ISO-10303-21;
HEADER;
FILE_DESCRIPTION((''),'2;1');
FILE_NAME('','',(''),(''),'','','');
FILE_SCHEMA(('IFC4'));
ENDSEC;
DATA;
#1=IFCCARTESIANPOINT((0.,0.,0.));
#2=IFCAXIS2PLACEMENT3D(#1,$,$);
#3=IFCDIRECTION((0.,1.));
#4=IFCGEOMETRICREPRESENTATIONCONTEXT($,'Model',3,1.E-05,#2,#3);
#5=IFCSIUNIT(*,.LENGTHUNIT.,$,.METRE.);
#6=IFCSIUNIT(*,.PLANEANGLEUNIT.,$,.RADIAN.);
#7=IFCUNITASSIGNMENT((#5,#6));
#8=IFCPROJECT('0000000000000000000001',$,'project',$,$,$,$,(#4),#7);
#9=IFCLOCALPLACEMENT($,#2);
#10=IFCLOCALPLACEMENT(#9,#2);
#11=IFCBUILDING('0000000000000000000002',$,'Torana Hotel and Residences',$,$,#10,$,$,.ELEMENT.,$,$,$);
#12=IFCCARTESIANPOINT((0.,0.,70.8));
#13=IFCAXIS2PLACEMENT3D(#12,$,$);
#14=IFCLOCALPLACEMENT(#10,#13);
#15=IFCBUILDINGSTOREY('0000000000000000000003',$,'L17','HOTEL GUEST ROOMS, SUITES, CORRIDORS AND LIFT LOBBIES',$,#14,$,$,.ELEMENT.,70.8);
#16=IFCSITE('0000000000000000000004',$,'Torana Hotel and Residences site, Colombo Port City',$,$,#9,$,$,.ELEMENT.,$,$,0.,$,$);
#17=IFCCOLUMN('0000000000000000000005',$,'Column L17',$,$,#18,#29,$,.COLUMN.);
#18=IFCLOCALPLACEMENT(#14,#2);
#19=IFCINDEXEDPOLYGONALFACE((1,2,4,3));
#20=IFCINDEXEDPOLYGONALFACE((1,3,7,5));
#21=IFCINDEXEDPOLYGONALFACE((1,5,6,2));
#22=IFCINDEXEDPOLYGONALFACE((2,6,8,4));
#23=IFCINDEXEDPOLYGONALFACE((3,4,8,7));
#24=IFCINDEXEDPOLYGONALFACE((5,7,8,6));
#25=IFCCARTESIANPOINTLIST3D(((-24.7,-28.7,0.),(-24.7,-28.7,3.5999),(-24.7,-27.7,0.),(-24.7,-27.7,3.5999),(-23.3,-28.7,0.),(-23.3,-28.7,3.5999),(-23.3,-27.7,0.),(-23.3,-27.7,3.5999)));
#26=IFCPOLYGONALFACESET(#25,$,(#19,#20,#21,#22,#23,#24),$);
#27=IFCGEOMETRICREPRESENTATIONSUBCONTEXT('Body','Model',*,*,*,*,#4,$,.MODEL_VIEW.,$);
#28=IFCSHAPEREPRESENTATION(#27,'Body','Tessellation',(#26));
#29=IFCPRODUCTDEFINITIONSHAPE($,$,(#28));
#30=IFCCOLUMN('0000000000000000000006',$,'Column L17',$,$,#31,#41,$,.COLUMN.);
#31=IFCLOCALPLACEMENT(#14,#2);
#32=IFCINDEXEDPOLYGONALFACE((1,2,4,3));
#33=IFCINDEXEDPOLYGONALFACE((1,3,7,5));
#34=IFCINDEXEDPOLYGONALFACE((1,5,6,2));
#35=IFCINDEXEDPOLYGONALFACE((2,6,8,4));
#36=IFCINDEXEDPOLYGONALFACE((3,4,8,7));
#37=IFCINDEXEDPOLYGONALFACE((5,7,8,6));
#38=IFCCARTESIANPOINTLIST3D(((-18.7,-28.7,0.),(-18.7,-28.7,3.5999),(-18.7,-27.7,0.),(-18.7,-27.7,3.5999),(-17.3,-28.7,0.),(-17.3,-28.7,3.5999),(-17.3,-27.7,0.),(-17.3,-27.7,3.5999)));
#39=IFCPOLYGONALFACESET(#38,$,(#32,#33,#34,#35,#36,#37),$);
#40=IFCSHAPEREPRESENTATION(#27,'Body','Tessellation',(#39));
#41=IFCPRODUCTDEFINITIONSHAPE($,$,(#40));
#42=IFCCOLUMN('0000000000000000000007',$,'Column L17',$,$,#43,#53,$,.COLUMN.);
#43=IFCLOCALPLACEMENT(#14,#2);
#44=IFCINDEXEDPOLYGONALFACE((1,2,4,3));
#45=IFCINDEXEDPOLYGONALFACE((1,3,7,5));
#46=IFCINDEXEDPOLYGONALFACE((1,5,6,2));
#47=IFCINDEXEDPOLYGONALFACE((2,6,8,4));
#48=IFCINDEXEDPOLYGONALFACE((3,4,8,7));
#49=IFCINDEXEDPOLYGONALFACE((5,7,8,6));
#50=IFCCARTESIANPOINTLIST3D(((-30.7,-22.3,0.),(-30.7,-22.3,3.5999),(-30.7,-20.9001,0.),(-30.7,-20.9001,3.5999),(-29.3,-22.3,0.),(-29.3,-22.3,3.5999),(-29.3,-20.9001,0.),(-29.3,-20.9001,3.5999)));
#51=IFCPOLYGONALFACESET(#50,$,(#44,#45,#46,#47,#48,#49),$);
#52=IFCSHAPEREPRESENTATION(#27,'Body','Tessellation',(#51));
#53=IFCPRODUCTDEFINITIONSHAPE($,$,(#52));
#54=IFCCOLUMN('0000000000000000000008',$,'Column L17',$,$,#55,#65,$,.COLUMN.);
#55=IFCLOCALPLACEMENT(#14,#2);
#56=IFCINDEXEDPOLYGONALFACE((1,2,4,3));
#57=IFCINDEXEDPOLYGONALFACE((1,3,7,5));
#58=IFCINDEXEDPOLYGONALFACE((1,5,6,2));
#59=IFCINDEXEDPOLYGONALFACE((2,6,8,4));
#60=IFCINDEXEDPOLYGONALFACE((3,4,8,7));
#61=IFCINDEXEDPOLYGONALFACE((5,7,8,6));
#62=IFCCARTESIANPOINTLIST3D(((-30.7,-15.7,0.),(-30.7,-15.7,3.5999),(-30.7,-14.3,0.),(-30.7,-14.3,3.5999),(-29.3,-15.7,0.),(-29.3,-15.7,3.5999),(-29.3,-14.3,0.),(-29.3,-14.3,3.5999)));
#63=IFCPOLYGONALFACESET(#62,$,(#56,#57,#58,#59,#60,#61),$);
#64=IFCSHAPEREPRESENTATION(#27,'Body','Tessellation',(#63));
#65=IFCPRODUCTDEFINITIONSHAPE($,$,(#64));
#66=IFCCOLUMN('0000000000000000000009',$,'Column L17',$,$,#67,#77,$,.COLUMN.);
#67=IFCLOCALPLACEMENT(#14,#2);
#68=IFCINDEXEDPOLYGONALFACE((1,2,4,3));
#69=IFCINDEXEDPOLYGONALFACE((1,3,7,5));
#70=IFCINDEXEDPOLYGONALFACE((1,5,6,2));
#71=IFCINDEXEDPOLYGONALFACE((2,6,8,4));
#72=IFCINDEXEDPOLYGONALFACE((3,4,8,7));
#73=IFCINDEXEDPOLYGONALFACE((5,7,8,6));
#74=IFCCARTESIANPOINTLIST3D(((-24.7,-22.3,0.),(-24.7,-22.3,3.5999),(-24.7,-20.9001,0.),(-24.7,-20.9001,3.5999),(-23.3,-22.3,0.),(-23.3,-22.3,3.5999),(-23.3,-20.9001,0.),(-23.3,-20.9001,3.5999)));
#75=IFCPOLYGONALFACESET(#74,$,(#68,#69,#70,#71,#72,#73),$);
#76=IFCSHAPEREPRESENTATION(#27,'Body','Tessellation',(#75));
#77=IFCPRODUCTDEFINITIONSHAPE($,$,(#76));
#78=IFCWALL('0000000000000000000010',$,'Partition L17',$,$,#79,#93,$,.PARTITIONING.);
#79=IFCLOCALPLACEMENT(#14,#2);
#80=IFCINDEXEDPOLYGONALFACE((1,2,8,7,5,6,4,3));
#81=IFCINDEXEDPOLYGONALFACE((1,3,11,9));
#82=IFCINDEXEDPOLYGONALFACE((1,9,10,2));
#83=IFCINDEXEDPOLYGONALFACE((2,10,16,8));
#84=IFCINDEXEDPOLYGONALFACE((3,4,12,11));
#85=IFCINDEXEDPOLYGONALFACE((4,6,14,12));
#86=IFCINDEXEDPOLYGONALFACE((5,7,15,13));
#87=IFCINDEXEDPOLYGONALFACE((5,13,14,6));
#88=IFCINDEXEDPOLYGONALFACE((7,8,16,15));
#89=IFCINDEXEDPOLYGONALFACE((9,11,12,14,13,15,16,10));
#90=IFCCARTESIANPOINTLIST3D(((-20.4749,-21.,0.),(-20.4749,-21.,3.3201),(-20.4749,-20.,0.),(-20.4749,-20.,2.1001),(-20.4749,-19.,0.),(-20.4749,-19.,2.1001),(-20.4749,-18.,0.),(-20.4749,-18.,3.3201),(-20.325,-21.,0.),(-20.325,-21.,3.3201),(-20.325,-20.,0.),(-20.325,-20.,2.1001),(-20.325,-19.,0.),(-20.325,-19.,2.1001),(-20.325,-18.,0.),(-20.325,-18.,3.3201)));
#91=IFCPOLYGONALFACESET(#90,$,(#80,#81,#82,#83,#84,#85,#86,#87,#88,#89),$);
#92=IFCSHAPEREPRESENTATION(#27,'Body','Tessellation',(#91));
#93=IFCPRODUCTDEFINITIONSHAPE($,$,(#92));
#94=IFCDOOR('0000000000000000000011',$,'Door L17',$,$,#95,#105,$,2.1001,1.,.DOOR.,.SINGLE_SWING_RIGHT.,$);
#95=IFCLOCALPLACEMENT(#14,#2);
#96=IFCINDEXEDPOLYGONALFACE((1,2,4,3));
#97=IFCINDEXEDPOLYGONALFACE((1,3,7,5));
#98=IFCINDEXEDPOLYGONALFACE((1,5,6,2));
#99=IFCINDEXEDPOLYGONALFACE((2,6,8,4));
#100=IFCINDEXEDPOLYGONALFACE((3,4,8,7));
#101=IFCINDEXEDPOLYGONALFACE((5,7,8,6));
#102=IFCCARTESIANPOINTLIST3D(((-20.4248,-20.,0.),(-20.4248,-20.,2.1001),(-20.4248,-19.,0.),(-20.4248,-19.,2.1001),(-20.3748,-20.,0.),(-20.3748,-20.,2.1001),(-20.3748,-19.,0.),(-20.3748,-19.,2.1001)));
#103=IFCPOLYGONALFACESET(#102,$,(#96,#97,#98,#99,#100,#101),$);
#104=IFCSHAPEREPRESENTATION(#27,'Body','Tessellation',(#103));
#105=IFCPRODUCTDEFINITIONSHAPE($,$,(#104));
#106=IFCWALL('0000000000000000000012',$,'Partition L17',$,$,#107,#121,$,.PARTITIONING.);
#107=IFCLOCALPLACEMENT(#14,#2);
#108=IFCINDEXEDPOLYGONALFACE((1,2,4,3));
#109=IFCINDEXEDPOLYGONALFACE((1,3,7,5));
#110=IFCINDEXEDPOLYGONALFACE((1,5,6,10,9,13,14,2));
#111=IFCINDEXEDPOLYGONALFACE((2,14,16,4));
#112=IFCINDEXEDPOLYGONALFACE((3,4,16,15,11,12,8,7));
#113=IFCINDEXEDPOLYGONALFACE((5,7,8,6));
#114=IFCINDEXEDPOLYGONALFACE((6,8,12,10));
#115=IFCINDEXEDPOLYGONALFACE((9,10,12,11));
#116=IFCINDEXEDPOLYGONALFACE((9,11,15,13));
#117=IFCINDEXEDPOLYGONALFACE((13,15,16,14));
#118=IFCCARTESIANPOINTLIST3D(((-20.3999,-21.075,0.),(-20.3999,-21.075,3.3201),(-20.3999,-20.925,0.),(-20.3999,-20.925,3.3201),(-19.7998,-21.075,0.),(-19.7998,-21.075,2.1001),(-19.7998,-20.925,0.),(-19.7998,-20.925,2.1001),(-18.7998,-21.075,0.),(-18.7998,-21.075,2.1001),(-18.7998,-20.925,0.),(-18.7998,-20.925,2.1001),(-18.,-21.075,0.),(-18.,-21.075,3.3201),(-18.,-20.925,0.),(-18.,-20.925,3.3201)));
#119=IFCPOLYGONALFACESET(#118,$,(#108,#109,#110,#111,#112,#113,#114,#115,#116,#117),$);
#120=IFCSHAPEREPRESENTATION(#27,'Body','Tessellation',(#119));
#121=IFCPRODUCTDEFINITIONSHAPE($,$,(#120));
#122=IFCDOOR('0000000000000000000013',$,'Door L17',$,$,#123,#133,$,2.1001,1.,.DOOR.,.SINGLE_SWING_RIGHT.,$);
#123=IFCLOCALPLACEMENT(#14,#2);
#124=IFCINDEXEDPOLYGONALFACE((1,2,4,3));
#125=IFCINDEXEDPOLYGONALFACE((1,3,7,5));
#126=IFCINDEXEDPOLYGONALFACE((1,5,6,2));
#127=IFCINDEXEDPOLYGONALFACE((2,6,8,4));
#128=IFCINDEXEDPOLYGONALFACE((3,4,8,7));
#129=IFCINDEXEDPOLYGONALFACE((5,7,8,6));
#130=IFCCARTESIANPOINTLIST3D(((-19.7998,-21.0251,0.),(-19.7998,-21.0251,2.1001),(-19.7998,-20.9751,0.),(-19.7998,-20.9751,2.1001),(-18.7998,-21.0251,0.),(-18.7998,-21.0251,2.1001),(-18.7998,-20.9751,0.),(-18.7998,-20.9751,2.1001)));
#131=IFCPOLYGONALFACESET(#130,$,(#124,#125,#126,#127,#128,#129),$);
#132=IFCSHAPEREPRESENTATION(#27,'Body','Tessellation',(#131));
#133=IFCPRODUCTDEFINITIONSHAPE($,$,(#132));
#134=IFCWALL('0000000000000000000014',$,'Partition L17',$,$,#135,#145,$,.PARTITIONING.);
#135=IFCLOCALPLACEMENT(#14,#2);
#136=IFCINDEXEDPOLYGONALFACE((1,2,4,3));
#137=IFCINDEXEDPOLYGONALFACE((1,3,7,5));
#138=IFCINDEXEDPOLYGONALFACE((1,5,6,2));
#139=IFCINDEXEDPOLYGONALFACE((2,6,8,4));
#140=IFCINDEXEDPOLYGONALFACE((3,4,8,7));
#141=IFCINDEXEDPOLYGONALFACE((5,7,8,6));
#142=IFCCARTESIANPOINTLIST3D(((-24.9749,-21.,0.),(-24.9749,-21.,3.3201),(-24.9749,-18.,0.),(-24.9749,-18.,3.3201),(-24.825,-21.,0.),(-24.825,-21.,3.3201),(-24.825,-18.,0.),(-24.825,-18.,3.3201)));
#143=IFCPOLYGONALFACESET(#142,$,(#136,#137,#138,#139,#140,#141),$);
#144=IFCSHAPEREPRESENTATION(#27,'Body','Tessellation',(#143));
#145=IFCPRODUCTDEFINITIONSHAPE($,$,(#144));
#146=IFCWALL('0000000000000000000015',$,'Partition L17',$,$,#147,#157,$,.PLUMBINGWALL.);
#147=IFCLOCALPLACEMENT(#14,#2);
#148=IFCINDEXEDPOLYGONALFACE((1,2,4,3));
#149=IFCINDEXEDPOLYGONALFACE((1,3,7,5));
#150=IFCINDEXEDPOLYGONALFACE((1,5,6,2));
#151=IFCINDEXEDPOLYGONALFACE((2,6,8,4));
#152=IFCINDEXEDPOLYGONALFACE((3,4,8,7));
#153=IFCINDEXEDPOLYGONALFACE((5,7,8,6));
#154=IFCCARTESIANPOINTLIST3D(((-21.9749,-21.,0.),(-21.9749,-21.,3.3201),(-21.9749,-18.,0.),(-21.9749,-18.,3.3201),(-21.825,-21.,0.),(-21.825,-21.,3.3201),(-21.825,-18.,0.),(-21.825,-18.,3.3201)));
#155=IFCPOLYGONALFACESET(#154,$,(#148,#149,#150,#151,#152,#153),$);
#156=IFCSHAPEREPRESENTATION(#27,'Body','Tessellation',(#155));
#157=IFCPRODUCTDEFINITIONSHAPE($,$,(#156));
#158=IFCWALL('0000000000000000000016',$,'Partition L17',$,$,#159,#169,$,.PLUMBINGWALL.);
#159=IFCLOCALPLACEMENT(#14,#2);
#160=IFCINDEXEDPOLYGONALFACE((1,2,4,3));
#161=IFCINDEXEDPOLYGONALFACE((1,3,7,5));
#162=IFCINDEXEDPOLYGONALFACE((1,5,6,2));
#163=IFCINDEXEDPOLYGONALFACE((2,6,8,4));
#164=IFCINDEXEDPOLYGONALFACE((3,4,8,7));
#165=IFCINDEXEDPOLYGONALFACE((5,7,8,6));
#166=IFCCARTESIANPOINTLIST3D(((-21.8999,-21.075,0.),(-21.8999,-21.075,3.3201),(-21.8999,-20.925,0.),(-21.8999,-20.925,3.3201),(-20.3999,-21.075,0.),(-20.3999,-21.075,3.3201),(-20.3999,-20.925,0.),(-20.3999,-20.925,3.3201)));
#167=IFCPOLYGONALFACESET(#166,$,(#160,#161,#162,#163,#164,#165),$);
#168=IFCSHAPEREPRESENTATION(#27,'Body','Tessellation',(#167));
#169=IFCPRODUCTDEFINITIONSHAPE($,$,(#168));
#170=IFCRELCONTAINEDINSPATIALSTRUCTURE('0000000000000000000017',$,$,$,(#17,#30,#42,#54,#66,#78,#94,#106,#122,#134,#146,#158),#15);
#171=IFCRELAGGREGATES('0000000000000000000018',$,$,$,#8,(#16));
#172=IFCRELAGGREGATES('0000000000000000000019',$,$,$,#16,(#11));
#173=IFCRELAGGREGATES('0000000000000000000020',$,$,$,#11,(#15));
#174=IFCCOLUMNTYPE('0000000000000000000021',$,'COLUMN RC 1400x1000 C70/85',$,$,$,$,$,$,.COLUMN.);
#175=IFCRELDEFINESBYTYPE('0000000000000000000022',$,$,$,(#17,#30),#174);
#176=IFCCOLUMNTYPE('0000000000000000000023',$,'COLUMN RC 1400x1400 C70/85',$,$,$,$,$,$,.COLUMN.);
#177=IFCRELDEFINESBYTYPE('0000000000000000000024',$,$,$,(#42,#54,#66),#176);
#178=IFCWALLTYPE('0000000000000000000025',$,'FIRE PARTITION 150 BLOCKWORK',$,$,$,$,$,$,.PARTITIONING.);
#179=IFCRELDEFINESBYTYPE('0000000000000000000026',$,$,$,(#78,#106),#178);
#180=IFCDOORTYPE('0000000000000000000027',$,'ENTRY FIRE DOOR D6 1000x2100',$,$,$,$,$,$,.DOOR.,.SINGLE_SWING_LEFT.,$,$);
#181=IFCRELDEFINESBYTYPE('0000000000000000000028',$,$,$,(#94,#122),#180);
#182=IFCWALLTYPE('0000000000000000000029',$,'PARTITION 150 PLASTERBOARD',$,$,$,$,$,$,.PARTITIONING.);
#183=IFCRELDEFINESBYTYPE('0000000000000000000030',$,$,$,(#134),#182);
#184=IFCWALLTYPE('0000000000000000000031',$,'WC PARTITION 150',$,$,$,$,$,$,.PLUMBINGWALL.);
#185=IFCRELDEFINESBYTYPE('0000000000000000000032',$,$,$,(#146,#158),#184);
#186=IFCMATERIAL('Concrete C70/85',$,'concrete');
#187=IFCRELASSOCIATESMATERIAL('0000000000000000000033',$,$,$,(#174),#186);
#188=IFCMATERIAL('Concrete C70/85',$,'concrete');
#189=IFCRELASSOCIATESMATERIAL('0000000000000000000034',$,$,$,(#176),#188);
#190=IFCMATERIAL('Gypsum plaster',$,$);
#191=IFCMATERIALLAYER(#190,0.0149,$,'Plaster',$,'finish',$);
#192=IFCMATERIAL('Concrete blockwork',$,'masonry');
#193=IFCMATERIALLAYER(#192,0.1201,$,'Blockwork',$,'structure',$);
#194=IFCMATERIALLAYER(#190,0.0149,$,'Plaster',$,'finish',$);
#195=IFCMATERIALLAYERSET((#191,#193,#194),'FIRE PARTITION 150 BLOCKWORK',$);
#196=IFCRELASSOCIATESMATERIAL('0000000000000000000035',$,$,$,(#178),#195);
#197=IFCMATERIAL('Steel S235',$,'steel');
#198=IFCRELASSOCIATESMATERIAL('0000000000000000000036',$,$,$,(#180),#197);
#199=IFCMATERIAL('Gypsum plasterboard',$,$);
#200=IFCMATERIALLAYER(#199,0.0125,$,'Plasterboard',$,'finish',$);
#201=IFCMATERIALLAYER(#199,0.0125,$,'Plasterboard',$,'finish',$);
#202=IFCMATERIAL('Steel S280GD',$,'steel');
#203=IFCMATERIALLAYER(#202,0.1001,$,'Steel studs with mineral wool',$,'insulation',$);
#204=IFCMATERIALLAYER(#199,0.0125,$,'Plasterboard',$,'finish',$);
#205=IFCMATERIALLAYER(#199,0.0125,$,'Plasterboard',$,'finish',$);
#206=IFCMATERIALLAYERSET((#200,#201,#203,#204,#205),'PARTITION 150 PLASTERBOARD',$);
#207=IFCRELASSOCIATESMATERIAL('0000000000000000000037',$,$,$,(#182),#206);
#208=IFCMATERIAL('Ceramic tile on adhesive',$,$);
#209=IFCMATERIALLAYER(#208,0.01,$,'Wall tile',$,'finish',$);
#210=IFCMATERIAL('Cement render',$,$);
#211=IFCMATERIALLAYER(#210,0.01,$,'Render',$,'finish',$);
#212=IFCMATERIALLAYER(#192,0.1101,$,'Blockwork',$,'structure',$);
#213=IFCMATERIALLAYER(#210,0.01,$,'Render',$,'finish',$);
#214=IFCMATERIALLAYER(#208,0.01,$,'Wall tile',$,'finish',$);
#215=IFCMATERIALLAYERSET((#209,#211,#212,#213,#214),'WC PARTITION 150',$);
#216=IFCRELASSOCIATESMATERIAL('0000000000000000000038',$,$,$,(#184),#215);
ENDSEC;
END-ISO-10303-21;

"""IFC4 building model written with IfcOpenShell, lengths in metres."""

from ifc_helpers import new_model, si_unit, direction, frame, frame_2d, origin, origin_2d, place, context, subcontext, project, spatial, rectangle, extrude, material, layer, layer_set, material_profile, profile_set, type_object, element, fill, save


model = new_model("IFC4")

# Units and contexts
model_context = context("Model", 3, precision=1e-05, world=origin(), true_north=direction((0.0, 1.0)))
body_context = subcontext(model_context, "Body", "Model", "MODEL_VIEW")
ifc_project = project(units=[si_unit("LENGTHUNIT", "METRE"), si_unit("PLANEANGLEUNIT", "RADIAN")], contexts=[model_context])

# Site, building, storey
site_placement = place(None, origin())
site = spatial("IfcSite", under=ifc_project, at=site_placement, Name="Torana Hotel and Residences site, Colombo Port City", CompositionType="ELEMENT", RefElevation=0.0)
building_placement = place(site_placement, origin())
building = spatial("IfcBuilding", under=site, at=building_placement, Name="Torana Hotel and Residences", CompositionType="ELEMENT")
storey_placement = place(building_placement, frame((0.0, 0.0, 70.8)))
storey = spatial("IfcBuildingStorey", under=building, at=storey_placement, Name="L17", Description="HOTEL GUEST ROOMS, SUITES, CORRIDORS AND LIFT LOBBIES", CompositionType="ELEMENT", Elevation=70.8)

# Columns
ifc_material_1 = material(Name="Concrete C70/85", Category="concrete")
ifc_material_profile_1 = material_profile(ifc_material_1, rectangle(XDim=1.3999, YDim=1.0, at=origin_2d()), Name="RC 1400x1000")
ifc_profile_set_1 = profile_set([ifc_material_profile_1], Name="Concrete C70/85")
column_type_1 = type_object("IfcColumnType", Name="COLUMN RC 1400x1000 C70/85", PredefinedType="COLUMN", material=ifc_profile_set_1)
for number, where, z_axis, x_axis, name in (
    (1, (-24.0, -28.2, 0.0), (0.0, 0.0, 1.0), (1.0, 0.0, 0.0), "Column L17"),
    (2, (-18.0, -28.2, 0.0), (0.0, 0.0, 1.0), (1.0, 0.0, 0.0), "Column L17"),
):
    element("IfcColumn", number, at=place(storey_placement, frame(where, z_axis=z_axis, x_axis=x_axis)), inside=storey, type_object=column_type_1, Name=name, PredefinedType="COLUMN", context=body_context, shape_type="SweptSolid", body=[
        extrude(rectangle(XDim=1.3999, YDim=1.0, at=origin_2d()), origin(), (0.0, 0.0, 1.0), 3.5999),
    ])
ifc_material_2 = material(Name="Concrete C70/85", Category="concrete")
ifc_material_profile_2 = material_profile(ifc_material_2, rectangle(XDim=1.3999, YDim=1.3999, at=origin_2d()), Name="RC 1400x1400")
ifc_profile_set_2 = profile_set([ifc_material_profile_2], Name="Concrete C70/85")
column_type_2 = type_object("IfcColumnType", Name="COLUMN RC 1400x1400 C70/85", PredefinedType="COLUMN", material=ifc_profile_set_2)
for number, where, z_axis, x_axis, name in (
    (3, (-30.0, -21.6001, 0.0), (0.0, 0.0, 1.0), (1.0, 0.0, 0.0), "Column L17"),
    (4, (-30.0, -15.0, 0.0), (0.0, 0.0, 1.0), (1.0, 0.0, 0.0), "Column L17"),
    (5, (-24.0, -21.6001, 0.0), (0.0, 0.0, 1.0), (1.0, 0.0, 0.0), "Column L17"),
):
    element("IfcColumn", number, at=place(storey_placement, frame(where, z_axis=z_axis, x_axis=x_axis)), inside=storey, type_object=column_type_2, Name=name, PredefinedType="COLUMN", context=body_context, shape_type="SweptSolid", body=[
        extrude(rectangle(XDim=1.3999, YDim=1.3999, at=origin_2d()), origin(), (0.0, 0.0, 1.0), 3.5999),
    ])

# Walls, openings, doors
ifc_material_3 = material(Name="Gypsum plaster")
ifc_layer_1 = layer(ifc_material_3, 0.0149, Name="Plaster", Category="finish")
ifc_material_4 = material(Name="Concrete blockwork", Category="masonry")
ifc_layer_2 = layer(ifc_material_4, 0.1201, Name="Blockwork", Category="structure")
ifc_layer_3 = layer(ifc_material_3, 0.0149, Name="Plaster", Category="finish")
ifc_layer_set_1 = layer_set([ifc_layer_1, ifc_layer_2, ifc_layer_3], Name="FIRE PARTITION 150 BLOCKWORK")
wall_type_1 = type_object("IfcWallType", Name="FIRE PARTITION 150 BLOCKWORK", PredefinedType="PARTITIONING", material=ifc_layer_set_1)
wall_1_placement = place(storey_placement, frame((-20.3999, -21.0, 0.0), z_axis=(0.0, 0.0, 1.0), x_axis=(0.0, 1.0, 0.0)))
wall_1 = element("IfcWall", 6, at=wall_1_placement, inside=storey, type_object=wall_type_1, Name="Partition L17", PredefinedType="PARTITIONING", context=body_context, shape_type="SweptSolid", body=[
    extrude(rectangle(XDim=3.0, YDim=0.1499, at=frame_2d((1.5, 0.0))), origin(), (0.0, 0.0, 1.0), 3.3201),
])
opening_1_placement = place(wall_1_placement, frame((1.0, 0.0, 0.0)))
opening_1 = element("IfcOpeningElement", 7, at=opening_1_placement, cuts=wall_1, PredefinedType="OPENING", context=body_context, shape_type="SweptSolid", body=[
    extrude(rectangle(XDim=1.0, YDim=2.1001, at=frame_2d((0.5, 1.05))), frame((0.0, 0.085, 0.0), z_axis=(0.0, -1.0, 0.0), x_axis=(1.0, 0.0, 0.0)), (0.0, 0.0, 1.0), 0.1699),
])
ifc_material_5 = material(Name="Steel S235", Category="steel")
door_type = type_object("IfcDoorType", Name="ENTRY FIRE DOOR D6 1000x2100", OperationType="SINGLE_SWING_LEFT", PredefinedType="DOOR", material=ifc_material_5)
door_1_placement = place(opening_1_placement, origin())
door_1 = element("IfcDoor", 8, at=door_1_placement, inside=storey, type_object=door_type, Name="Door L17", OperationType="SINGLE_SWING_RIGHT", OverallHeight=2.1001, OverallWidth=1.0, PredefinedType="DOOR", context=body_context, shape_type="SweptSolid", body=[
    extrude(rectangle(XDim=1.0, YDim=2.1001, at=frame_2d((0.5, 1.05))), frame((0.0, 0.0249, 0.0), z_axis=(0.0, -1.0, 0.0), x_axis=(1.0, 0.0, 0.0)), (0.0, 0.0, 1.0), 0.05),
])
fill(opening_1, door_1)
wall_2_placement = place(storey_placement, frame((-20.3999, -21.0, 0.0), z_axis=(0.0, 0.0, 1.0), x_axis=(1.0, 0.0, 0.0)))
wall_2 = element("IfcWall", 9, at=wall_2_placement, inside=storey, type_object=wall_type_1, Name="Partition L17", PredefinedType="PARTITIONING", context=body_context, shape_type="SweptSolid", body=[
    extrude(rectangle(XDim=2.3999, YDim=0.1499, at=frame_2d((1.2, 0.0))), origin(), (0.0, 0.0, 1.0), 3.3201),
])
opening_2_placement = place(wall_2_placement, frame((0.6001, 0.0, 0.0)))
opening_2 = element("IfcOpeningElement", 10, at=opening_2_placement, cuts=wall_2, PredefinedType="OPENING", context=body_context, shape_type="SweptSolid", body=[
    extrude(rectangle(XDim=1.0, YDim=2.1001, at=frame_2d((0.5, 1.05))), frame((0.0, 0.085, 0.0), z_axis=(0.0, -1.0, 0.0), x_axis=(1.0, 0.0, 0.0)), (0.0, 0.0, 1.0), 0.1699),
])
door_2_placement = place(opening_2_placement, frame((0.5, 0.0, 0.0), z_axis=(0.0, 0.0, 1.0), x_axis=(-1.0, 0.0, 0.0)))
door_2 = element("IfcDoor", 11, at=door_2_placement, inside=storey, type_object=door_type, Name="Door L17", OperationType="SINGLE_SWING_RIGHT", OverallHeight=2.1001, OverallWidth=1.0, PredefinedType="DOOR", context=body_context, shape_type="SweptSolid", body=[
    extrude(rectangle(XDim=1.0, YDim=2.1001, at=frame_2d((0.0, 1.05))), frame((0.0, -0.0249, 0.0), z_axis=(0.0, 1.0, 0.0), x_axis=(-1.0, 0.0, 0.0)), (0.0, 0.0, 1.0), 0.05),
])
fill(opening_2, door_2)

# Walls
ifc_material_6 = material(Name="Gypsum plasterboard")
ifc_layer_4 = layer(ifc_material_6, 0.0125, Name="Plasterboard", Category="finish")
ifc_layer_5 = layer(ifc_material_6, 0.0125, Name="Plasterboard", Category="finish")
ifc_material_7 = material(Name="Steel S280GD", Category="steel")
ifc_layer_6 = layer(ifc_material_7, 0.1001, Name="Steel studs with mineral wool", Category="insulation")
ifc_layer_7 = layer(ifc_material_6, 0.0125, Name="Plasterboard", Category="finish")
ifc_layer_8 = layer(ifc_material_6, 0.0125, Name="Plasterboard", Category="finish")
ifc_layer_set_2 = layer_set([ifc_layer_4, ifc_layer_5, ifc_layer_6, ifc_layer_7, ifc_layer_8], Name="PARTITION 150 PLASTERBOARD")
wall_type_2 = type_object("IfcWallType", Name="PARTITION 150 PLASTERBOARD", PredefinedType="PARTITIONING", material=ifc_layer_set_2)
wall_3_placement = place(storey_placement, frame((-24.8999, -21.0, 0.0), z_axis=(0.0, 0.0, 1.0), x_axis=(0.0, 1.0, 0.0)))
element("IfcWall", 12, at=wall_3_placement, inside=storey, type_object=wall_type_2, Name="Partition L17", PredefinedType="PARTITIONING", context=body_context, shape_type="SweptSolid", body=[
    extrude(rectangle(XDim=3.0, YDim=0.1499, at=frame_2d((1.5, 0.0))), origin(), (0.0, 0.0, 1.0), 3.3201),
])
ifc_material_8 = material(Name="Ceramic tile on adhesive")
ifc_layer_9 = layer(ifc_material_8, 0.01, Name="Wall tile", Category="finish")
ifc_material_9 = material(Name="Cement render")
ifc_layer_10 = layer(ifc_material_9, 0.01, Name="Render", Category="finish")
ifc_layer_11 = layer(ifc_material_4, 0.1101, Name="Blockwork", Category="structure")
ifc_layer_12 = layer(ifc_material_9, 0.01, Name="Render", Category="finish")
ifc_layer_13 = layer(ifc_material_8, 0.01, Name="Wall tile", Category="finish")
ifc_layer_set_3 = layer_set([ifc_layer_9, ifc_layer_10, ifc_layer_11, ifc_layer_12, ifc_layer_13], Name="WC PARTITION 150")
wall_type_3 = type_object("IfcWallType", Name="WC PARTITION 150", PredefinedType="PLUMBINGWALL", material=ifc_layer_set_3)
wall_4_placement = place(storey_placement, frame((-21.8999, -21.0, 0.0), z_axis=(0.0, 0.0, 1.0), x_axis=(0.0, 1.0, 0.0)))
element("IfcWall", 13, at=wall_4_placement, inside=storey, type_object=wall_type_3, Name="Partition L17", PredefinedType="PLUMBINGWALL", context=body_context, shape_type="SweptSolid", body=[
    extrude(rectangle(XDim=3.0, YDim=0.1499, at=frame_2d((1.5, 0.0))), origin(), (0.0, 0.0, 1.0), 3.3201),
])
wall_5_placement = place(storey_placement, frame((-21.8999, -21.0, 0.0), z_axis=(0.0, 0.0, 1.0), x_axis=(1.0, 0.0, 0.0)))
element("IfcWall", 14, at=wall_5_placement, inside=storey, type_object=wall_type_3, Name="Partition L17", PredefinedType="PLUMBINGWALL", context=body_context, shape_type="SweptSolid", body=[
    extrude(rectangle(XDim=1.5, YDim=0.1499, at=frame_2d((0.75, 0.0))), origin(), (0.0, 0.0, 1.0), 3.3201),
])

save(model, "model.ifc")
